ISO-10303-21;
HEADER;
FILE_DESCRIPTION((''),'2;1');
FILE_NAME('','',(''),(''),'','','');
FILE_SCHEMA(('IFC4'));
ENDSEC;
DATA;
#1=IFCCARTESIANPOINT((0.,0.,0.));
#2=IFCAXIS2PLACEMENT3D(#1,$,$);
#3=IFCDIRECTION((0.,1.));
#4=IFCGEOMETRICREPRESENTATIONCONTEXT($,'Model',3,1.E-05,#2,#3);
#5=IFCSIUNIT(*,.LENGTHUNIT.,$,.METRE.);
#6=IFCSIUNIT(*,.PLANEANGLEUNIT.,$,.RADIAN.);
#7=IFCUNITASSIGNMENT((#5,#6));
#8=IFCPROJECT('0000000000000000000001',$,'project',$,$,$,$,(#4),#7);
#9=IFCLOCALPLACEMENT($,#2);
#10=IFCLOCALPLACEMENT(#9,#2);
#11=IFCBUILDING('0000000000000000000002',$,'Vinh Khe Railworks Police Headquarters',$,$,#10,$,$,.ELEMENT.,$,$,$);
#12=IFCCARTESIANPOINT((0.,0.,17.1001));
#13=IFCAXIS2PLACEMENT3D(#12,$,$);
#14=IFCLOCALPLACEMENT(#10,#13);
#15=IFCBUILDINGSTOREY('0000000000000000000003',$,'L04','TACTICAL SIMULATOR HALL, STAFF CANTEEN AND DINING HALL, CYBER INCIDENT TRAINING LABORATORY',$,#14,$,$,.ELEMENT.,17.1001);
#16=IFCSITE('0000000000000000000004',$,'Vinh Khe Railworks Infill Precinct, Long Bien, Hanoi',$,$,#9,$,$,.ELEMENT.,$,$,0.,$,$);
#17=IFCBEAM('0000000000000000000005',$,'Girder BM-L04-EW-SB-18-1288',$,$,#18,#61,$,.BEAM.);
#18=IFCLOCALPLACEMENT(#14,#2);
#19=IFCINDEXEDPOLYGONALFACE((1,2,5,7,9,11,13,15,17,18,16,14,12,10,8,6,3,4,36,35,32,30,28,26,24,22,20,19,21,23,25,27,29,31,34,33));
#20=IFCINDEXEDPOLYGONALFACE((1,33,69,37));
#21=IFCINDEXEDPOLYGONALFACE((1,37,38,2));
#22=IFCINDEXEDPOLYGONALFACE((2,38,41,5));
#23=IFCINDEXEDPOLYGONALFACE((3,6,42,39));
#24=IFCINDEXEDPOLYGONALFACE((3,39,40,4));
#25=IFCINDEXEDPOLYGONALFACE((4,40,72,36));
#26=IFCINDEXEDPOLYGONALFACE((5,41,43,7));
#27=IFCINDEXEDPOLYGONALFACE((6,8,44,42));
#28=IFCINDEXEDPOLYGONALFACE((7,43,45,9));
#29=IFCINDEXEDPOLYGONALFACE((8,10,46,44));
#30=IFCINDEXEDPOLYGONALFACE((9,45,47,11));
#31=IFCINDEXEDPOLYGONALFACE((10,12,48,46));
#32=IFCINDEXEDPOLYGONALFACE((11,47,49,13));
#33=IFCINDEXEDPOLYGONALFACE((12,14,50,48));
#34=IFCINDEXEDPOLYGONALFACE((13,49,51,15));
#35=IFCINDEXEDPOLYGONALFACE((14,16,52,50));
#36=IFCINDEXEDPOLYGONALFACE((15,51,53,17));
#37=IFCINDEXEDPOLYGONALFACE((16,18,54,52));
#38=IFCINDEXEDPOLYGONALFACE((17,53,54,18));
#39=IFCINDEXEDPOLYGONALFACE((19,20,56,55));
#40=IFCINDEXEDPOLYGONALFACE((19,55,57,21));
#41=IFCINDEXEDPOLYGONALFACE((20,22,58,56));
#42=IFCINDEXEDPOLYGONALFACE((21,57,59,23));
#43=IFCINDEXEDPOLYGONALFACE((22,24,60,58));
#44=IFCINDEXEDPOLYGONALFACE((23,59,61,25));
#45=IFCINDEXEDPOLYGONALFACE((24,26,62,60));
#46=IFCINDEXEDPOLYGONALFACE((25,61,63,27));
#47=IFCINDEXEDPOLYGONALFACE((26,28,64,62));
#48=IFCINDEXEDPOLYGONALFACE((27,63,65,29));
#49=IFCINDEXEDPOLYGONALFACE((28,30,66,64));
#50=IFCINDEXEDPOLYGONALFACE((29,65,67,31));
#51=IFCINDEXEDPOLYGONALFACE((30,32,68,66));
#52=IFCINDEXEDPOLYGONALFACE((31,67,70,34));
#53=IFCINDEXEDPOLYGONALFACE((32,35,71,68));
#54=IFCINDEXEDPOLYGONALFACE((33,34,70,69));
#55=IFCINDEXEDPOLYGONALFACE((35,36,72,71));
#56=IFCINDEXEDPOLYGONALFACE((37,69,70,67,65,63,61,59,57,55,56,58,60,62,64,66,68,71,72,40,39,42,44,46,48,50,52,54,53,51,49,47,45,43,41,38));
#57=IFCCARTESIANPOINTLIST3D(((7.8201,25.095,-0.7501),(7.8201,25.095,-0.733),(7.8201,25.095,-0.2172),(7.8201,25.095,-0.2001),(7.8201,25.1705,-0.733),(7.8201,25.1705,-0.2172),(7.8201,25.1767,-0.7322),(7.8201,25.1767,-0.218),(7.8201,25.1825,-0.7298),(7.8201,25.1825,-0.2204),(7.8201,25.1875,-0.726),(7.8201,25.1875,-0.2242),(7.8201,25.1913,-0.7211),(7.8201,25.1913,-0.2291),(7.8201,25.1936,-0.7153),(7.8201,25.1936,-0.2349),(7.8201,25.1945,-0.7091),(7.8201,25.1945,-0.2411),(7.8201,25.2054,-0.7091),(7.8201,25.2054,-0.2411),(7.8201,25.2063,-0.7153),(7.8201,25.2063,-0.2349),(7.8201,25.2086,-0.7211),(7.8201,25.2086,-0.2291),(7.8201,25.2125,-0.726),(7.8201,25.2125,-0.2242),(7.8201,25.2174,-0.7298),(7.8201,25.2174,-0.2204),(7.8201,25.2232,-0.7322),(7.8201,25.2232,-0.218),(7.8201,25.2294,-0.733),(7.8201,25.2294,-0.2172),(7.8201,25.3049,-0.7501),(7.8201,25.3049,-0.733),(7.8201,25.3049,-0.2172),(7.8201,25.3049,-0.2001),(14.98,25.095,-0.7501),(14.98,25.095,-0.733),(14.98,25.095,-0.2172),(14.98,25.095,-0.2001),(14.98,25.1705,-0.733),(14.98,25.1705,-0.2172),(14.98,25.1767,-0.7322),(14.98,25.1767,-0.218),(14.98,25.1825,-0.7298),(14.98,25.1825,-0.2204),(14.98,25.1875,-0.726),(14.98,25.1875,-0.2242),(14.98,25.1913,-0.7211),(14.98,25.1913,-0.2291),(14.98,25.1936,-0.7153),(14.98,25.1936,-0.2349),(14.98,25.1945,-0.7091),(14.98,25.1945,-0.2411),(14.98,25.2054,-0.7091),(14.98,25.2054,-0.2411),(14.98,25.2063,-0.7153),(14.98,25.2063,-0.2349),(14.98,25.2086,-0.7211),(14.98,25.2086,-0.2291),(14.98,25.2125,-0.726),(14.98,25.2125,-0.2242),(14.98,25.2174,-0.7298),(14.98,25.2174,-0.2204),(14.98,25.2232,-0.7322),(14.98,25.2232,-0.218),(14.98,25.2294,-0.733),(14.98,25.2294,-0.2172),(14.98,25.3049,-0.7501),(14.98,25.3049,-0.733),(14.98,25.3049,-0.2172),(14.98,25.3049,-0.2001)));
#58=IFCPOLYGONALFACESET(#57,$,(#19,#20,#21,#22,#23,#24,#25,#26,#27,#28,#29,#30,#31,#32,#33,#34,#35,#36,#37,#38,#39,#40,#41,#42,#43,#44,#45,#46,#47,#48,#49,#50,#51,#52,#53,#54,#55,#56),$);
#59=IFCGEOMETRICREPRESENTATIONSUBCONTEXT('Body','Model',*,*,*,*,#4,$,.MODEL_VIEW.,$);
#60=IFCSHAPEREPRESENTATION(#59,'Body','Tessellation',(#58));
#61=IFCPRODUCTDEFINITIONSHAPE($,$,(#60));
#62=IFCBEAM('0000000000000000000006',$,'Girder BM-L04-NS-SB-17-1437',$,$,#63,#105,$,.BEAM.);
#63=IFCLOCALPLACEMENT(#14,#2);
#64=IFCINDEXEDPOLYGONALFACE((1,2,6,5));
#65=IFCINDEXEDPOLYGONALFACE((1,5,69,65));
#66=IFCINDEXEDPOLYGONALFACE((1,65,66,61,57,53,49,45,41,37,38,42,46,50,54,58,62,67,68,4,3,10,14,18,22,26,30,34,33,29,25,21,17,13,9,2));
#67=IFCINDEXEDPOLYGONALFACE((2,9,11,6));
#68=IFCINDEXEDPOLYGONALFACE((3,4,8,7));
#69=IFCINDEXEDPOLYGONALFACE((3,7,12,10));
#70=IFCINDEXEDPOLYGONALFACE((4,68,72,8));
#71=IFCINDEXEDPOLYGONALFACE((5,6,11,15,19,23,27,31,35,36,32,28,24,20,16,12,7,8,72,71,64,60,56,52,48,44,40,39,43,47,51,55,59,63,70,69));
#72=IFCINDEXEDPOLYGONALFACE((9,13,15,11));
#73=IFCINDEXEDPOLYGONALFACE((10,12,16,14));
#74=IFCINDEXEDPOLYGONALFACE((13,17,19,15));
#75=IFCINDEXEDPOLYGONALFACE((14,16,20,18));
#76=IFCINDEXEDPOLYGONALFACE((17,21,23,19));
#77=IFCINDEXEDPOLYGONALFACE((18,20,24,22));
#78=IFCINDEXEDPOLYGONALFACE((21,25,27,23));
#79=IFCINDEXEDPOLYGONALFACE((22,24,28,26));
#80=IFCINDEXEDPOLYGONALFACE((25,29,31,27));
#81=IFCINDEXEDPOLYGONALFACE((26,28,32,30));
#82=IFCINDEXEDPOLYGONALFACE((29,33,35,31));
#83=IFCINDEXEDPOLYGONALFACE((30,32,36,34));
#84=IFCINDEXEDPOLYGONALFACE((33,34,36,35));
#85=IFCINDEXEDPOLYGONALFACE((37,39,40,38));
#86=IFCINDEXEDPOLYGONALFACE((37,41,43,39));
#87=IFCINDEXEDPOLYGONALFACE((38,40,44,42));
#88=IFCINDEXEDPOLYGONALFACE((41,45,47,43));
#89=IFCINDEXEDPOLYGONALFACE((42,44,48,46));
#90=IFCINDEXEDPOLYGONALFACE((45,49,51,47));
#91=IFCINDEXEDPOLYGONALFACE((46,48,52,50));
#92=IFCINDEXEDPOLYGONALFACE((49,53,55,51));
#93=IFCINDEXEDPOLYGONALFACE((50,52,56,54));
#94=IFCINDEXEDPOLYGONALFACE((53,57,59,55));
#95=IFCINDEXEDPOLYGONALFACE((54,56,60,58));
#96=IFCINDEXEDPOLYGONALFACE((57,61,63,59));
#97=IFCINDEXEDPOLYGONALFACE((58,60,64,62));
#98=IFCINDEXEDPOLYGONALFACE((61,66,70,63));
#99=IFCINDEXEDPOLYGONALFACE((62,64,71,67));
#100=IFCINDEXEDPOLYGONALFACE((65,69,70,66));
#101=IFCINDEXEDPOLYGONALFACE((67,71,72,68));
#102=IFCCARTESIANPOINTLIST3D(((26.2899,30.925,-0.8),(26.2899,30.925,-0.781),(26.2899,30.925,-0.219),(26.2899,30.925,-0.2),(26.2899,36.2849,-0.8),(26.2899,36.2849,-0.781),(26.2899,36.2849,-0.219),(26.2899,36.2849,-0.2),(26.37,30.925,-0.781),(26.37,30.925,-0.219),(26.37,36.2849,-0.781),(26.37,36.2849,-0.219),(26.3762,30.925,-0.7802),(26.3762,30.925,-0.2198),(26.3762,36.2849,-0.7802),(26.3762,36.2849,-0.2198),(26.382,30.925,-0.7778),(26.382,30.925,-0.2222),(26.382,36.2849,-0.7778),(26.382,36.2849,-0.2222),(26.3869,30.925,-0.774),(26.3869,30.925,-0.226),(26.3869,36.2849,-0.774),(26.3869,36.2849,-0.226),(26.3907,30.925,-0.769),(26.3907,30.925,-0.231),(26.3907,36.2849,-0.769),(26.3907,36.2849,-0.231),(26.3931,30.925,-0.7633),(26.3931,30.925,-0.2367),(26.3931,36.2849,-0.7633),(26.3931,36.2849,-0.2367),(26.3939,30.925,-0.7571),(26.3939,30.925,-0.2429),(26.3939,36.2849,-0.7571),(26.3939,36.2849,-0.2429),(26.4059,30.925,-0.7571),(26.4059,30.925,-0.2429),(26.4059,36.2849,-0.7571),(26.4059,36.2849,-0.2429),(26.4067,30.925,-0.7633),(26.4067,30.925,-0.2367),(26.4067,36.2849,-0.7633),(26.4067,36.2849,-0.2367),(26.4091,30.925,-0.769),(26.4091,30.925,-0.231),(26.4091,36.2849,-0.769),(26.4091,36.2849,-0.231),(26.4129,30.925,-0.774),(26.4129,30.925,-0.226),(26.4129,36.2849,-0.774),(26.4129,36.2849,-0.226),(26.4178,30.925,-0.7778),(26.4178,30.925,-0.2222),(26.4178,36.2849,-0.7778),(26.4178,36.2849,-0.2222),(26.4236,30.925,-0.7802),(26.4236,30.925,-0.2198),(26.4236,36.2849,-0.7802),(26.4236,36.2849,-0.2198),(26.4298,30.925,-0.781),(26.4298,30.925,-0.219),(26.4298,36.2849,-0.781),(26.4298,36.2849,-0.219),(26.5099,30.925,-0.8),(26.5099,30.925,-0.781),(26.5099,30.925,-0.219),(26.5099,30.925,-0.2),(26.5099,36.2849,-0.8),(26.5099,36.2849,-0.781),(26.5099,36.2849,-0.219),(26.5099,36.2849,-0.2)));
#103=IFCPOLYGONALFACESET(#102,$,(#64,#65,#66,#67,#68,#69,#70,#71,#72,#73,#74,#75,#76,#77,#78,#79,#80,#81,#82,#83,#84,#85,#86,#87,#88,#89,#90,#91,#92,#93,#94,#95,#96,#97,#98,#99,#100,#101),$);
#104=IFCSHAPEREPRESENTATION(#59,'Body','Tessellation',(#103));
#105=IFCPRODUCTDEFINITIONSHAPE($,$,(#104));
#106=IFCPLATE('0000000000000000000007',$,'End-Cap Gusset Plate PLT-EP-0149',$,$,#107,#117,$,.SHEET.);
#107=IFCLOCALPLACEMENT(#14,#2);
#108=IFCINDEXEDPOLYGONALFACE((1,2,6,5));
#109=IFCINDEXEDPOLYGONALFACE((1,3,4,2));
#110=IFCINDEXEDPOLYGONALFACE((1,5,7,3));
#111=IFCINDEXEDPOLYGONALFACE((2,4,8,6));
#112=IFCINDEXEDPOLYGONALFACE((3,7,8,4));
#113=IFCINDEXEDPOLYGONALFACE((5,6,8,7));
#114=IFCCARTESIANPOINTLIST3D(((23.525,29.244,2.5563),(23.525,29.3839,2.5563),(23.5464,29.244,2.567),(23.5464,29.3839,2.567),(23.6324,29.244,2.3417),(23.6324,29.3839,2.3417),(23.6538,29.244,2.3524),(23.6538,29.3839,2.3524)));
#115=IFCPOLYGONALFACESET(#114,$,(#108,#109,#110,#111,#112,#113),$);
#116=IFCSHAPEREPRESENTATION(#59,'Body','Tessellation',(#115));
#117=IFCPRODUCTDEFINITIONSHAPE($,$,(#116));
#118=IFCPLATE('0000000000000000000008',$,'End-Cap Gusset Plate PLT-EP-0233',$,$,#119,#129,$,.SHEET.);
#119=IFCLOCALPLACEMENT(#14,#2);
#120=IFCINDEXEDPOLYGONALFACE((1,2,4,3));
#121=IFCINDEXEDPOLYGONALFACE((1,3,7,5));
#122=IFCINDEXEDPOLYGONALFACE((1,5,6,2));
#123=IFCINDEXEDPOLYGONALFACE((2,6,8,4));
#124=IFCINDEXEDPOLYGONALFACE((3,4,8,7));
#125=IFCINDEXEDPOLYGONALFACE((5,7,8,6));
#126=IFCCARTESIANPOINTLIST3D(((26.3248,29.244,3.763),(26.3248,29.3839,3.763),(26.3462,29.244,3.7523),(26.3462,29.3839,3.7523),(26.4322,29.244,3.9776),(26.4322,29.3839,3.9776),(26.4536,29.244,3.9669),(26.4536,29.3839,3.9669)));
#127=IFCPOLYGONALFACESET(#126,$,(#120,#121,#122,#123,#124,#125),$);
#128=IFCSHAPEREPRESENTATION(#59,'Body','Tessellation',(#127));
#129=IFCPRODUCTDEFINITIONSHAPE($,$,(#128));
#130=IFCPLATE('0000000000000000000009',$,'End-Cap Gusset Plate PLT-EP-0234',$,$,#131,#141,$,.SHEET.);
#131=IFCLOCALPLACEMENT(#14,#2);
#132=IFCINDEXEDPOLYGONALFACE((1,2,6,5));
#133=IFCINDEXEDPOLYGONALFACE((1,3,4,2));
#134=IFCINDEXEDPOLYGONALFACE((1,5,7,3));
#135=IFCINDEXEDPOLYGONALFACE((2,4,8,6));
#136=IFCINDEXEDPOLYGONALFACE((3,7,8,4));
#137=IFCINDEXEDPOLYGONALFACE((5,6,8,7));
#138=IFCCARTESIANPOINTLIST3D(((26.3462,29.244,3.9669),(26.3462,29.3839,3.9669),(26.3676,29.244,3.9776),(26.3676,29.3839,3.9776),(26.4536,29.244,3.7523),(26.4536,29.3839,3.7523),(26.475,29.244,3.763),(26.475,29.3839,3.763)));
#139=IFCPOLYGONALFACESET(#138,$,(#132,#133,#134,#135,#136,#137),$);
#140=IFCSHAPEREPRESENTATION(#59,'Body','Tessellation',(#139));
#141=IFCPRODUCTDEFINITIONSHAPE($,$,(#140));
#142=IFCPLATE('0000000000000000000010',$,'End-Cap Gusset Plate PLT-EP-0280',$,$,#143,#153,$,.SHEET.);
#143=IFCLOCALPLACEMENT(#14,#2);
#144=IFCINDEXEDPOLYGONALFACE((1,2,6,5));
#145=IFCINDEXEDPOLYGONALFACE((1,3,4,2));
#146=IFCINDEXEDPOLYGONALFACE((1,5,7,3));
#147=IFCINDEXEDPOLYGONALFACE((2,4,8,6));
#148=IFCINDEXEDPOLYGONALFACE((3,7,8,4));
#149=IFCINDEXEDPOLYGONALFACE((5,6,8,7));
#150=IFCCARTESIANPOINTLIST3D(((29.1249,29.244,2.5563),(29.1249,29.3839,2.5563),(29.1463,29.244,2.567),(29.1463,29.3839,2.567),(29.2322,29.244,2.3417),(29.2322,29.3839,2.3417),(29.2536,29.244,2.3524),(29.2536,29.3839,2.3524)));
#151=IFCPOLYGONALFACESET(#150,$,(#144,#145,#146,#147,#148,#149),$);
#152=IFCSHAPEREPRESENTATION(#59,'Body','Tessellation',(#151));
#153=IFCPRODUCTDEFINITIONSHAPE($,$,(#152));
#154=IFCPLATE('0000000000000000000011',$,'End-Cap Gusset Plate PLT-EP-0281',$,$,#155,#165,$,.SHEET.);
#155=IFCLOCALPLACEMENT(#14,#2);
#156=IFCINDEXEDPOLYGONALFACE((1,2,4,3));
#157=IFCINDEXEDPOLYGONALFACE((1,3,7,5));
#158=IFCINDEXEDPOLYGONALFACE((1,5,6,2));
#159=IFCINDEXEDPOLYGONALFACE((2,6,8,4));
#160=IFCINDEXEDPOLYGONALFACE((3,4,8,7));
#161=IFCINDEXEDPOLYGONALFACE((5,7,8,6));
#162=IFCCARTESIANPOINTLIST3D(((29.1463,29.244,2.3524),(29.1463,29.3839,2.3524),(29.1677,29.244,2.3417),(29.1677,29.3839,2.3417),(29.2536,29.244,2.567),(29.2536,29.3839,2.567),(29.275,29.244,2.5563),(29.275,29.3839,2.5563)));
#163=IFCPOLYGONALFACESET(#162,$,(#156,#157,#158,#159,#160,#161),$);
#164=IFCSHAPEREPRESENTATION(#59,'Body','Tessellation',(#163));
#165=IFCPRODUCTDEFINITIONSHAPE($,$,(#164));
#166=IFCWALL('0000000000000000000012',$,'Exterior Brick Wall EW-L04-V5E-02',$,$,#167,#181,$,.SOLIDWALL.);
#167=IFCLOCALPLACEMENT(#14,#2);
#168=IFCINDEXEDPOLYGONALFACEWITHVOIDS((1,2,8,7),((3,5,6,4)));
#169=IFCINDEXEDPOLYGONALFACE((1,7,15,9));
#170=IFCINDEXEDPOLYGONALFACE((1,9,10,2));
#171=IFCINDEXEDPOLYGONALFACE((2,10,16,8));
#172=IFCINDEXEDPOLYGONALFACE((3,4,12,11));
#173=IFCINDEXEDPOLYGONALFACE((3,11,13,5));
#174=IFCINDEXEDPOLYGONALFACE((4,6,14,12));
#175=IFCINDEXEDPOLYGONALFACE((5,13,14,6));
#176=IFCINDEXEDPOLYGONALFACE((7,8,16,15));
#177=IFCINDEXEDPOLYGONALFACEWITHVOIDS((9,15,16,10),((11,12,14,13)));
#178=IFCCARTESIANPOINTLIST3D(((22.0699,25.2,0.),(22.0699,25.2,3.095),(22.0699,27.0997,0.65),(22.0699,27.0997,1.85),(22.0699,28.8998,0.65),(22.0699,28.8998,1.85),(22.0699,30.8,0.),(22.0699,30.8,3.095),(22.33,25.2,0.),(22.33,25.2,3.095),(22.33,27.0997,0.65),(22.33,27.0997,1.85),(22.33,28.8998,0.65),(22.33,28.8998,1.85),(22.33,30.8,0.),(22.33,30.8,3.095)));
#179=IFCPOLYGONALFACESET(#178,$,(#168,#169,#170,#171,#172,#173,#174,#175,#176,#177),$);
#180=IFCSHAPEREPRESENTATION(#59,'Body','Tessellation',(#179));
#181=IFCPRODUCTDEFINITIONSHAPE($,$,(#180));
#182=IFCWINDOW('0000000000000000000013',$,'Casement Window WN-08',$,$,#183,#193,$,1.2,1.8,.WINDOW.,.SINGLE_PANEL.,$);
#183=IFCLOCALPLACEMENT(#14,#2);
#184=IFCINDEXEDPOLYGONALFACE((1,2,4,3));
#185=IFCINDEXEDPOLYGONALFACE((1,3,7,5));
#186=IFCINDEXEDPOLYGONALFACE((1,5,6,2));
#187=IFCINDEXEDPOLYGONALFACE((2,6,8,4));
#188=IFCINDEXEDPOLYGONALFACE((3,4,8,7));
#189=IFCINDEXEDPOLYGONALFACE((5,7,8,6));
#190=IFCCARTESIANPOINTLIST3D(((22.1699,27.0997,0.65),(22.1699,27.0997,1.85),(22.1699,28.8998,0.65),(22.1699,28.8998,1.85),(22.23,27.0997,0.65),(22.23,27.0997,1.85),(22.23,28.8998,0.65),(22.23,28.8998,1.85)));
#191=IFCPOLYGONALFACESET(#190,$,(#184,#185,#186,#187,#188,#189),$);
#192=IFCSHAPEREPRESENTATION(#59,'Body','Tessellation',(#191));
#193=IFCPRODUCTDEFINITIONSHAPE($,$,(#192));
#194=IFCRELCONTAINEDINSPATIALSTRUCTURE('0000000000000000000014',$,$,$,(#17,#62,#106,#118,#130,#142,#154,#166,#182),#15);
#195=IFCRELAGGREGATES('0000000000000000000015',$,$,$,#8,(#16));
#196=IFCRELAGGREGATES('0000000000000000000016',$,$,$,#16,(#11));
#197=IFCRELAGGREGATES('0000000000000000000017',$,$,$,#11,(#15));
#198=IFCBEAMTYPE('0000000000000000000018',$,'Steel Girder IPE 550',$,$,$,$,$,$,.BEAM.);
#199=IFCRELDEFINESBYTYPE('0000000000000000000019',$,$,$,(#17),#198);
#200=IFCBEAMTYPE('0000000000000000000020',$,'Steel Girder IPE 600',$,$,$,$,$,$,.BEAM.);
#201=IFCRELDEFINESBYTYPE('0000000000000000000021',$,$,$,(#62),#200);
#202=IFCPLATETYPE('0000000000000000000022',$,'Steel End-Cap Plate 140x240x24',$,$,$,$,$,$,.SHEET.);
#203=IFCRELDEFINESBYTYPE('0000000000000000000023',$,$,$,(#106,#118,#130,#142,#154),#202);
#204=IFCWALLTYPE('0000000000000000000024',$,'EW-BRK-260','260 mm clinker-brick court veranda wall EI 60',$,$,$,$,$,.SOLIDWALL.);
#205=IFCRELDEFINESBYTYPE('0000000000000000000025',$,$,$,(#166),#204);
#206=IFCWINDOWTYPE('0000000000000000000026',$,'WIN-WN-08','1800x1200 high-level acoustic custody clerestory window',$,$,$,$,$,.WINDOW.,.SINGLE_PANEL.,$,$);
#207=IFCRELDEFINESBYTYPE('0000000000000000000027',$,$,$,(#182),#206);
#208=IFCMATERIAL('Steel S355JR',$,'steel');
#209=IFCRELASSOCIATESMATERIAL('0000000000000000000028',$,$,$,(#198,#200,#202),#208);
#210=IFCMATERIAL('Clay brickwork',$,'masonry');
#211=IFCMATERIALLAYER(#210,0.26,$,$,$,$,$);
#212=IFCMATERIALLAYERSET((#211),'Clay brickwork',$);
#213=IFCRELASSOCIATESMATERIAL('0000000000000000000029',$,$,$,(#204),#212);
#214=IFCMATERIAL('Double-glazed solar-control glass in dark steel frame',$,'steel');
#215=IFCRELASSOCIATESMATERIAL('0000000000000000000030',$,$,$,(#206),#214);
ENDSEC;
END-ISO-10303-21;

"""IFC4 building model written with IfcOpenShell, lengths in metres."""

from ifc_helpers import new_model, si_unit, direction, frame, frame_2d, origin, origin_2d, place, context, subcontext, project, spatial, rectangle, i_section, extrude, material, layer, layer_set, material_profile, profile_set, type_object, element, fill, save


model = new_model("IFC4")

# Units and contexts
model_context = context("Model", 3, precision=1e-05, world=origin(), true_north=direction((0.0, 1.0)))
body_context = subcontext(model_context, "Body", "Model", "MODEL_VIEW")
ifc_project = project(units=[si_unit("LENGTHUNIT", "METRE"), si_unit("PLANEANGLEUNIT", "RADIAN")], contexts=[model_context])

# Site, building, storey
site_placement = place(None, origin())
site = spatial("IfcSite", under=ifc_project, at=site_placement, Name="Vinh Khe Railworks Infill Precinct, Long Bien, Hanoi", CompositionType="ELEMENT", RefElevation=0.0)
building_placement = place(site_placement, origin())
building = spatial("IfcBuilding", under=site, at=building_placement, Name="Vinh Khe Railworks Police Headquarters", CompositionType="ELEMENT")
storey_placement = place(building_placement, frame((0.0, 0.0, 17.1001)))
storey = spatial("IfcBuildingStorey", under=building, at=storey_placement, Name="L04", Description="TACTICAL SIMULATOR HALL, STAFF CANTEEN AND DINING HALL, CYBER INCIDENT TRAINING LABORATORY", CompositionType="ELEMENT", Elevation=17.1001)

# Shared definitions
ifc_material_1 = material(Name="Steel S355JR", Category="steel")

# Beams
ifc_material_profile_1 = material_profile(ifc_material_1, i_section(OverallWidth=0.21, OverallDepth=0.55, WebThickness=0.011, FlangeThickness=0.0171, FilletRadius=0.0239, at=origin_2d()), Name="IPE 550")
ifc_profile_set_1 = profile_set([ifc_material_profile_1], Name="Steel S355JR")
beam_type_1 = type_object("IfcBeamType", Name="Steel Girder IPE 550", PredefinedType="BEAM", material=ifc_profile_set_1)
beam_1_placement = place(storey_placement, frame((7.8201, 25.2, -0.4751), z_axis=(1.0, 0.0, 0.0), x_axis=(0.0, 1.0, 0.0)))
element("IfcBeam", 1, at=beam_1_placement, inside=storey, type_object=beam_type_1, Name="Girder BM-L04-EW-SB-18-1288", PredefinedType="BEAM", context=body_context, shape_type="SweptSolid", body=[
    extrude(i_section(OverallWidth=0.21, OverallDepth=0.55, WebThickness=0.011, FlangeThickness=0.0171, FilletRadius=0.0239, at=origin_2d()), origin(), (0.0, 0.0, 1.0), 7.1599),
])
ifc_material_profile_2 = material_profile(ifc_material_1, i_section(OverallWidth=0.22, OverallDepth=0.6001, WebThickness=0.012, FlangeThickness=0.019, FilletRadius=0.0239, at=origin_2d()), Name="IPE 600")
ifc_profile_set_2 = profile_set([ifc_material_profile_2], Name="Steel S355JR")
beam_type_2 = type_object("IfcBeamType", Name="Steel Girder IPE 600", PredefinedType="BEAM", material=ifc_profile_set_2)
beam_2_placement = place(storey_placement, frame((26.3999, 30.925, -0.5), z_axis=(0.0, 1.0, 0.0), x_axis=(-1.0, 0.0, 0.0)))
element("IfcBeam", 2, at=beam_2_placement, inside=storey, type_object=beam_type_2, Name="Girder BM-L04-NS-SB-17-1437", PredefinedType="BEAM", context=body_context, shape_type="SweptSolid", body=[
    extrude(i_section(OverallWidth=0.22, OverallDepth=0.6001, WebThickness=0.012, FlangeThickness=0.019, FilletRadius=0.0239, at=origin_2d()), origin(), (0.0, 0.0, 1.0), 5.3599),
])

# Plates
ifc_material_profile_3 = material_profile(ifc_material_1, rectangle(XDim=0.1399, YDim=0.24, at=origin_2d()), Name="PL 140x240")
ifc_profile_set_3 = profile_set([ifc_material_profile_3], Name="Steel S355JR")
plate_type = type_object("IfcPlateType", Name="Steel End-Cap Plate 140x240x24", PredefinedType="SHEET", material=ifc_profile_set_3)
for number, where, z_axis, x_axis, name in (
    (3, (23.6001, 29.314, 2.4597), (-0.894427, 0.0, -0.447214), (0.0, -1.0, 0.0), "End-Cap Gusset Plate PLT-EP-0149"),
    (4, (26.3999, 29.314, 3.8596), (-0.894427, 0.0, 0.447214), (0.0, -1.0, 0.0), "End-Cap Gusset Plate PLT-EP-0233"),
    (5, (26.3999, 29.314, 3.8596), (0.894427, 0.0, 0.447214), (0.0, 1.0, 0.0), "End-Cap Gusset Plate PLT-EP-0234"),
    (6, (29.2, 29.314, 2.4597), (-0.894427, 0.0, -0.447214), (0.0, -1.0, 0.0), "End-Cap Gusset Plate PLT-EP-0280"),
    (7, (29.2, 29.314, 2.4597), (0.894427, 0.0, -0.447214), (0.0, 1.0, 0.0), "End-Cap Gusset Plate PLT-EP-0281"),
):
    element("IfcPlate", number, at=place(storey_placement, frame(where, z_axis=z_axis, x_axis=x_axis)), inside=storey, type_object=plate_type, Name=name, PredefinedType="SHEET", context=body_context, shape_type="SweptSolid", body=[
        extrude(rectangle(XDim=0.1399, YDim=0.24, at=origin_2d()), origin(), (0.0, 0.0, 1.0), 0.0239),
    ])

# Wall, opening, window
ifc_material_2 = material(Name="Clay brickwork", Category="masonry")
ifc_layer = layer(ifc_material_2, 0.26)
ifc_layer_set = layer_set([ifc_layer], Name="Clay brickwork")
wall_type = type_object("IfcWallType", Name="EW-BRK-260", Description="260 mm clinker-brick court veranda wall EI 60", PredefinedType="SOLIDWALL", material=ifc_layer_set)
wall_1_placement = place(storey_placement, frame((22.2, 25.2, 0.0), z_axis=(0.0, 0.0, 1.0), x_axis=(0.0, 1.0, 0.0)))
wall_1 = element("IfcWall", 8, at=wall_1_placement, inside=storey, type_object=wall_type, Name="Exterior Brick Wall EW-L04-V5E-02", PredefinedType="SOLIDWALL", context=body_context, shape_type="SweptSolid", body=[
    extrude(rectangle(XDim=5.6001, YDim=0.26, at=frame_2d((2.8, 0.0))), origin(), (0.0, 0.0, 1.0), 3.095),
])
opening_1_placement = place(wall_1_placement, frame((1.8999, 0.0, 0.6499)))
opening_1 = element("IfcOpeningElement", 9, at=opening_1_placement, cuts=wall_1, PredefinedType="OPENING", context=body_context, shape_type="SweptSolid", body=[
    extrude(rectangle(XDim=1.8, YDim=1.2, at=frame_2d((0.8999, 0.6001))), frame((0.0, 0.145, 0.0), z_axis=(0.0, -1.0, 0.0), x_axis=(1.0, 0.0, 0.0)), (0.0, 0.0, 1.0), 0.2898),
])
ifc_material_3 = material(Name="Double-glazed solar-control glass in dark steel frame", Category="steel")
window_type = type_object("IfcWindowType", Name="WIN-WN-08", Description="1800x1200 high-level acoustic custody clerestory window", PartitioningType="SINGLE_PANEL", PredefinedType="WINDOW", material=ifc_material_3)
window_1_placement = place(opening_1_placement, origin())
window_1 = element("IfcWindow", 10, at=window_1_placement, inside=storey, type_object=window_type, Name="Casement Window WN-08", OverallHeight=1.2, OverallWidth=1.8, PartitioningType="SINGLE_PANEL", PredefinedType="WINDOW", context=body_context, shape_type="SweptSolid", body=[
    extrude(rectangle(XDim=1.8, YDim=1.2, at=frame_2d((0.8999, 0.6001))), frame((0.0, 0.03, 0.0), z_axis=(0.0, -1.0, 0.0), x_axis=(1.0, 0.0, 0.0)), (0.0, 0.0, 1.0), 0.0601),
])
fill(opening_1, window_1)

save(model, "model.ifc")
